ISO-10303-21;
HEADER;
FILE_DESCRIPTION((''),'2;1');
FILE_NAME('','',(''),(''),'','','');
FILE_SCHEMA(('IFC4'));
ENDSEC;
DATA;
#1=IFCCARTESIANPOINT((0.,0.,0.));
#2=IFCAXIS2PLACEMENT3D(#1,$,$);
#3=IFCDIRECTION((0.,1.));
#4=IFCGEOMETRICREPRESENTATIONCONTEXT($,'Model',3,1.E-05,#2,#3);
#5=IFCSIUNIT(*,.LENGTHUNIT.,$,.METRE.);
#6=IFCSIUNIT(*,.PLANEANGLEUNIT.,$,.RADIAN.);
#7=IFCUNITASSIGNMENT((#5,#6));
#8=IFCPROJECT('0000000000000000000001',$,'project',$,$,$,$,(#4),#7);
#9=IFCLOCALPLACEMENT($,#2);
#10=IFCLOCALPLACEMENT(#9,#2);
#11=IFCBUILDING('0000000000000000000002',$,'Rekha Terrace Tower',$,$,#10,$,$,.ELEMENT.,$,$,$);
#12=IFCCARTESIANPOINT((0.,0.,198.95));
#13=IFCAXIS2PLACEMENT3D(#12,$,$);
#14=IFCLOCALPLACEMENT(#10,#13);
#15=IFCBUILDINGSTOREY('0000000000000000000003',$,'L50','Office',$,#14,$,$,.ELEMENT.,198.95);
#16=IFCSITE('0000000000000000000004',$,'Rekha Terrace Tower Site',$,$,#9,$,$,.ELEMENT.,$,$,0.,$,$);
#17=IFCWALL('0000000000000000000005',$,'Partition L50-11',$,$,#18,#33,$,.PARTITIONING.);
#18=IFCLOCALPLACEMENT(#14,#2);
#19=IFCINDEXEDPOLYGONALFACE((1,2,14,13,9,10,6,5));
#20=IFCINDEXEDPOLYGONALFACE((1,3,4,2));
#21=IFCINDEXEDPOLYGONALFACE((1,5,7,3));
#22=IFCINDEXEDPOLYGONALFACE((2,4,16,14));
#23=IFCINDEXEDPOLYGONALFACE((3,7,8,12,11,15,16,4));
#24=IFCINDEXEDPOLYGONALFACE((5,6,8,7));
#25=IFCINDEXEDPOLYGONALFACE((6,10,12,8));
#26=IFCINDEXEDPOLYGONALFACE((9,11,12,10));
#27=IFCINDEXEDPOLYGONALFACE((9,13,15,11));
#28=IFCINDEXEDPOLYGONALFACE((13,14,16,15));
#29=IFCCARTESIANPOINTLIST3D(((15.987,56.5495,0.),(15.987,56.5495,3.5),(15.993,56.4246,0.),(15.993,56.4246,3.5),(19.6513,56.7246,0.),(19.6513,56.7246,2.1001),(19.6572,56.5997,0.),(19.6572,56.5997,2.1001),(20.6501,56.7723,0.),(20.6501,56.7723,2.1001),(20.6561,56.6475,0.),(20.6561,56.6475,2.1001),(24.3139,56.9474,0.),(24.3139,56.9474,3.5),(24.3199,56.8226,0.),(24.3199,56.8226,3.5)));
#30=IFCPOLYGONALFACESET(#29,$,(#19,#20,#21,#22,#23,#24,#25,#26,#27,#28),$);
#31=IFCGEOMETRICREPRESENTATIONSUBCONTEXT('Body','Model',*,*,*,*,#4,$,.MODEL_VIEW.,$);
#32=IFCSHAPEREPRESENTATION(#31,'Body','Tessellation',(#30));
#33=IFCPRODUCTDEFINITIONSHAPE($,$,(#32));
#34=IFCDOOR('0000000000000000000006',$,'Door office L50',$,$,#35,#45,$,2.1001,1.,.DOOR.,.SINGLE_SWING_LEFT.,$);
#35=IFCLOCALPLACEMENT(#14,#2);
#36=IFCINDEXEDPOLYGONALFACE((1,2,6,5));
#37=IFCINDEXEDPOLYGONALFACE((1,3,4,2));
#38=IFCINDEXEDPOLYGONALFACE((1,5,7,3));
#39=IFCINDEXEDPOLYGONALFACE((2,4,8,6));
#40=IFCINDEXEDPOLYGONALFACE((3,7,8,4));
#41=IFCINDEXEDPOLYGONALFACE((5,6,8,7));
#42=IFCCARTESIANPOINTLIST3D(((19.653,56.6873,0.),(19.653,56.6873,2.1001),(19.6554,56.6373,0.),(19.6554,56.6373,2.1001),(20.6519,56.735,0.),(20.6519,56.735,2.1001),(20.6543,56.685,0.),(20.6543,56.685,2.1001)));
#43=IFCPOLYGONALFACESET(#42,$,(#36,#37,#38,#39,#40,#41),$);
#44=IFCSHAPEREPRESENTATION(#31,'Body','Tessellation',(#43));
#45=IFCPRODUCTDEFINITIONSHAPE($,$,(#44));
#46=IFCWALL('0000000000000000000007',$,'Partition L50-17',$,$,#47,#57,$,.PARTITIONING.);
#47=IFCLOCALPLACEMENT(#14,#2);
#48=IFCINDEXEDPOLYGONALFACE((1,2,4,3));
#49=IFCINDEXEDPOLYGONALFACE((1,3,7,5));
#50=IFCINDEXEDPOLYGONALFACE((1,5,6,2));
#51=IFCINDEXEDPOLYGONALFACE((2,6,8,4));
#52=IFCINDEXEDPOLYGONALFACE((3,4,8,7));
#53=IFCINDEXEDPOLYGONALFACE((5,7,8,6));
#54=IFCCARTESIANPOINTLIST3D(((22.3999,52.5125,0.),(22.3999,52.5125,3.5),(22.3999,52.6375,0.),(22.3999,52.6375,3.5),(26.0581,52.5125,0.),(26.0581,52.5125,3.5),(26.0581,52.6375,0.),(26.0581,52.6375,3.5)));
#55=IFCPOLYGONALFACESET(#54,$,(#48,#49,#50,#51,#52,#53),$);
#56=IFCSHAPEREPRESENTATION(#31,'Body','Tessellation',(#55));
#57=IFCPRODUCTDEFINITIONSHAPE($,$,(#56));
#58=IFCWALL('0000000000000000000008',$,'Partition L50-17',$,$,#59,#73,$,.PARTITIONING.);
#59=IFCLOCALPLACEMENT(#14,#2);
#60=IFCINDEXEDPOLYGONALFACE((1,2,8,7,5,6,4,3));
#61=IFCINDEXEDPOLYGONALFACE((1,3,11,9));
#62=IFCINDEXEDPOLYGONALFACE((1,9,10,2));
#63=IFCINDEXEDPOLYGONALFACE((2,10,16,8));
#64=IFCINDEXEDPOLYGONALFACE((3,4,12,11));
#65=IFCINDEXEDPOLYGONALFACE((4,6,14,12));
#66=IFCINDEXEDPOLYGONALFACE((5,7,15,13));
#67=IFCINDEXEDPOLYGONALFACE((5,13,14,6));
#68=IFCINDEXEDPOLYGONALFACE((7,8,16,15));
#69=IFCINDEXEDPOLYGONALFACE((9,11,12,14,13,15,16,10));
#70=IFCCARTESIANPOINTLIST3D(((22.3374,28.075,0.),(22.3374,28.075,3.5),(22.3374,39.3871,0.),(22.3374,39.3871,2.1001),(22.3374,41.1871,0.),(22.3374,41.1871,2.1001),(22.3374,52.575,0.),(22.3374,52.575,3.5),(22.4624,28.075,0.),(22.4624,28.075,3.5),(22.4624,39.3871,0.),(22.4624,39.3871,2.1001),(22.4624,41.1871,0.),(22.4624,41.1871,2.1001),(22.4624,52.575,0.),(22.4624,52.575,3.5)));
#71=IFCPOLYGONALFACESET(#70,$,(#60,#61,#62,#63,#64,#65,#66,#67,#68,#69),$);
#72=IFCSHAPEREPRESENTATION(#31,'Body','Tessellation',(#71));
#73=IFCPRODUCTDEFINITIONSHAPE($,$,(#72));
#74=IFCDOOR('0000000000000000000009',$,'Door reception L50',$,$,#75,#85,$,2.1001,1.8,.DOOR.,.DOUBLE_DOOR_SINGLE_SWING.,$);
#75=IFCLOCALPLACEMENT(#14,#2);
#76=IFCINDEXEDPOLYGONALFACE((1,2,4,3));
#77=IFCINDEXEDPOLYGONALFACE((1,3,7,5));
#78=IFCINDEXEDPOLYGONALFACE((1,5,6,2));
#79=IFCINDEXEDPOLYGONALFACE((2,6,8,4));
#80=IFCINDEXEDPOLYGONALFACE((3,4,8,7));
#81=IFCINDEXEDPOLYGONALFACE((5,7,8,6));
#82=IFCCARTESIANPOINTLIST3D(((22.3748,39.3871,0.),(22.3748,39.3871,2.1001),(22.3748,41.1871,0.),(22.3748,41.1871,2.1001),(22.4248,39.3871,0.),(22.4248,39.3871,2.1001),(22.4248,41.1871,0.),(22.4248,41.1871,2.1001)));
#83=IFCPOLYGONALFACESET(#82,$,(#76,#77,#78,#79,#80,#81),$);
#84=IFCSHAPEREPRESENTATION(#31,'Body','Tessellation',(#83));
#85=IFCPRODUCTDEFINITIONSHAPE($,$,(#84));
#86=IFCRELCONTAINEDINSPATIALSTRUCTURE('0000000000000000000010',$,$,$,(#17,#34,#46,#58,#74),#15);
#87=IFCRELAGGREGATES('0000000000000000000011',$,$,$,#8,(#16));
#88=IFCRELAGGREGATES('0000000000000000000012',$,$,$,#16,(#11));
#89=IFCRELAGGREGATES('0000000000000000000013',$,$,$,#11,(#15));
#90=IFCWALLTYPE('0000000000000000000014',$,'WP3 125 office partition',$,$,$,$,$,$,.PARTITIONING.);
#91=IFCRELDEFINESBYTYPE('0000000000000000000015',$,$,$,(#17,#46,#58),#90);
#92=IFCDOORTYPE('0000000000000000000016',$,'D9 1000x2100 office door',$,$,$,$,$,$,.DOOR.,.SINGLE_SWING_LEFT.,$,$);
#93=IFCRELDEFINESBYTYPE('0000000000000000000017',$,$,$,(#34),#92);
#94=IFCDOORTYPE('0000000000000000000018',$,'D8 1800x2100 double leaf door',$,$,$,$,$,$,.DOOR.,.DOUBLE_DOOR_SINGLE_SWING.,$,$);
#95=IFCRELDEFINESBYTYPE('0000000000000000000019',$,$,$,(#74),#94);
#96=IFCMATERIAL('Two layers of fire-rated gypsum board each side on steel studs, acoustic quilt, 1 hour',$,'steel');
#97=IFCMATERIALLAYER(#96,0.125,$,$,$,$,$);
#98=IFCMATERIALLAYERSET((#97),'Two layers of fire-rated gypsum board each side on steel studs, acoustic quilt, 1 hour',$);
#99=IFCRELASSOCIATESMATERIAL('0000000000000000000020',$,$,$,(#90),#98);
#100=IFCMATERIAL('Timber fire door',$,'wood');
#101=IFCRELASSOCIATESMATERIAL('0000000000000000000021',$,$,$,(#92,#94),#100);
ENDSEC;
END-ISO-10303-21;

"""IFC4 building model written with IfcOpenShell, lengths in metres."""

from ifc_helpers import new_model, si_unit, direction, frame, frame_2d, origin, place, context, subcontext, project, spatial, rectangle, extrude, material, layer, layer_set, type_object, element, fill, save


model = new_model("IFC4")

# Units and contexts
model_context = context("Model", 3, precision=1e-05, world=origin(), true_north=direction((0.0, 1.0)))
body_context = subcontext(model_context, "Body", "Model", "MODEL_VIEW")
ifc_project = project(units=[si_unit("LENGTHUNIT", "METRE"), si_unit("PLANEANGLEUNIT", "RADIAN")], contexts=[model_context])

# Site, building, storey
site_placement = place(None, origin())
site = spatial("IfcSite", under=ifc_project, at=site_placement, Name="Rekha Terrace Tower Site", CompositionType="ELEMENT", RefElevation=0.0)
building_placement = place(site_placement, origin())
building = spatial("IfcBuilding", under=site, at=building_placement, Name="Rekha Terrace Tower", CompositionType="ELEMENT")
storey_placement = place(building_placement, frame((0.0, 0.0, 198.95)))
storey = spatial("IfcBuildingStorey", under=building, at=storey_placement, Name="L50", Description="Office", CompositionType="ELEMENT", Elevation=198.95)

# Shared definitions
ifc_material_1 = material(Name="Two layers of fire-rated gypsum board each side on steel studs, acoustic quilt, 1 hour", Category="steel")
ifc_layer_1 = layer(ifc_material_1, 0.125)
ifc_layer_set_1 = layer_set([ifc_layer_1], Name="Two layers of fire-rated gypsum board each side on steel studs, acoustic quilt, 1 hour")
wall_type_1 = type_object("IfcWallType", Name="WP3 125 office partition", PredefinedType="PARTITIONING", material=ifc_layer_set_1)

# Shared definitions
ifc_material_2 = material(Name="Timber fire door", Category="wood")
door_type_1 = type_object("IfcDoorType", Name="D9 1000x2100 office door", OperationType="SINGLE_SWING_LEFT", PredefinedType="DOOR", material=ifc_material_2)

# Wall, opening, door
wall_1_placement = place(storey_placement, frame((24.3169, 56.885, 0.0), z_axis=(0.0, 0.0, 1.0), x_axis=(-0.99886, -0.047736, 0.0)))
wall_1 = element("IfcWall", 1, at=wall_1_placement, inside=storey, type_object=wall_type_1, Name="Partition L50-11", PredefinedType="PARTITIONING", context=body_context, shape_type="SweptSolid", body=[
    extrude(rectangle(XDim=8.3364, YDim=0.125, at=frame_2d((4.1682, 0.0))), origin(), (0.0, 0.0, 1.0), 3.5),
])
opening_1_placement = place(wall_1_placement, frame((3.668, 0.0, 0.0)))
opening_1 = element("IfcOpeningElement", 2, at=opening_1_placement, cuts=wall_1, PredefinedType="OPENING", context=body_context, shape_type="SweptSolid", body=[
    extrude(rectangle(XDim=1.0, YDim=2.1001, at=frame_2d((0.5, 1.05))), frame((0.0, 0.0725, 0.0), z_axis=(0.0, -1.0, 0.0), x_axis=(1.0, 0.0, 0.0)), (0.0, 0.0, 1.0), 0.145),
])
door_1_placement = place(opening_1_placement, origin())
door_1 = element("IfcDoor", 3, at=door_1_placement, inside=storey, type_object=door_type_1, Name="Door office L50", OperationType="SINGLE_SWING_LEFT", OverallHeight=2.1001, OverallWidth=1.0, PredefinedType="DOOR", context=body_context, shape_type="SweptSolid", body=[
    extrude(rectangle(XDim=1.0, YDim=2.1001, at=frame_2d((0.5, 1.05))), frame((0.0, 0.0249, 0.0), z_axis=(0.0, -1.0, 0.0), x_axis=(1.0, 0.0, 0.0)), (0.0, 0.0, 1.0), 0.05),
])
fill(opening_1, door_1)

# Wall
wall_2_placement = place(storey_placement, frame((26.0581, 52.575, 0.0), z_axis=(0.0, 0.0, 1.0), x_axis=(-1.0, 0.0, 0.0)))
element("IfcWall", 4, at=wall_2_placement, inside=storey, type_object=wall_type_1, Name="Partition L50-17", PredefinedType="PARTITIONING", context=body_context, shape_type="SweptSolid", body=[
    extrude(rectangle(XDim=3.6582, YDim=0.125, at=frame_2d((1.8291, 0.0))), origin(), (0.0, 0.0, 1.0), 3.5),
])

# Wall, opening, door
wall_3_placement = place(storey_placement, frame((22.3999, 52.575, 0.0), z_axis=(0.0, 0.0, 1.0), x_axis=(0.0, -1.0, 0.0)))
wall_3 = element("IfcWall", 5, at=wall_3_placement, inside=storey, type_object=wall_type_1, Name="Partition L50-17", PredefinedType="PARTITIONING", context=body_context, shape_type="SweptSolid", body=[
    extrude(rectangle(XDim=24.5, YDim=0.125, at=frame_2d((12.25, 0.0))), origin(), (0.0, 0.0, 1.0), 3.5),
])
opening_2_placement = place(wall_3_placement, frame((11.3879, 0.0, 0.0)))
opening_2 = element("IfcOpeningElement", 6, at=opening_2_placement, cuts=wall_3, PredefinedType="OPENING", context=body_context, shape_type="SweptSolid", body=[
    extrude(rectangle(XDim=1.8, YDim=2.1001, at=frame_2d((0.8999, 1.05))), frame((0.0, 0.0725, 0.0), z_axis=(0.0, -1.0, 0.0), x_axis=(1.0, 0.0, 0.0)), (0.0, 0.0, 1.0), 0.145),
])
door_type_2 = type_object("IfcDoorType", Name="D8 1800x2100 double leaf door", OperationType="DOUBLE_DOOR_SINGLE_SWING", PredefinedType="DOOR", material=ifc_material_2)
door_2_placement = place(opening_2_placement, origin())
door_2 = element("IfcDoor", 7, at=door_2_placement, inside=storey, type_object=door_type_2, Name="Door reception L50", OperationType="DOUBLE_DOOR_SINGLE_SWING", OverallHeight=2.1001, OverallWidth=1.8, PredefinedType="DOOR", context=body_context, shape_type="SweptSolid", body=[
    extrude(rectangle(XDim=1.8, YDim=2.1001, at=frame_2d((0.8999, 1.05))), frame((0.0, 0.0249, 0.0), z_axis=(0.0, -1.0, 0.0), x_axis=(1.0, 0.0, 0.0)), (0.0, 0.0, 1.0), 0.05),
])
fill(opening_2, door_2)

save(model, "model.ifc")
